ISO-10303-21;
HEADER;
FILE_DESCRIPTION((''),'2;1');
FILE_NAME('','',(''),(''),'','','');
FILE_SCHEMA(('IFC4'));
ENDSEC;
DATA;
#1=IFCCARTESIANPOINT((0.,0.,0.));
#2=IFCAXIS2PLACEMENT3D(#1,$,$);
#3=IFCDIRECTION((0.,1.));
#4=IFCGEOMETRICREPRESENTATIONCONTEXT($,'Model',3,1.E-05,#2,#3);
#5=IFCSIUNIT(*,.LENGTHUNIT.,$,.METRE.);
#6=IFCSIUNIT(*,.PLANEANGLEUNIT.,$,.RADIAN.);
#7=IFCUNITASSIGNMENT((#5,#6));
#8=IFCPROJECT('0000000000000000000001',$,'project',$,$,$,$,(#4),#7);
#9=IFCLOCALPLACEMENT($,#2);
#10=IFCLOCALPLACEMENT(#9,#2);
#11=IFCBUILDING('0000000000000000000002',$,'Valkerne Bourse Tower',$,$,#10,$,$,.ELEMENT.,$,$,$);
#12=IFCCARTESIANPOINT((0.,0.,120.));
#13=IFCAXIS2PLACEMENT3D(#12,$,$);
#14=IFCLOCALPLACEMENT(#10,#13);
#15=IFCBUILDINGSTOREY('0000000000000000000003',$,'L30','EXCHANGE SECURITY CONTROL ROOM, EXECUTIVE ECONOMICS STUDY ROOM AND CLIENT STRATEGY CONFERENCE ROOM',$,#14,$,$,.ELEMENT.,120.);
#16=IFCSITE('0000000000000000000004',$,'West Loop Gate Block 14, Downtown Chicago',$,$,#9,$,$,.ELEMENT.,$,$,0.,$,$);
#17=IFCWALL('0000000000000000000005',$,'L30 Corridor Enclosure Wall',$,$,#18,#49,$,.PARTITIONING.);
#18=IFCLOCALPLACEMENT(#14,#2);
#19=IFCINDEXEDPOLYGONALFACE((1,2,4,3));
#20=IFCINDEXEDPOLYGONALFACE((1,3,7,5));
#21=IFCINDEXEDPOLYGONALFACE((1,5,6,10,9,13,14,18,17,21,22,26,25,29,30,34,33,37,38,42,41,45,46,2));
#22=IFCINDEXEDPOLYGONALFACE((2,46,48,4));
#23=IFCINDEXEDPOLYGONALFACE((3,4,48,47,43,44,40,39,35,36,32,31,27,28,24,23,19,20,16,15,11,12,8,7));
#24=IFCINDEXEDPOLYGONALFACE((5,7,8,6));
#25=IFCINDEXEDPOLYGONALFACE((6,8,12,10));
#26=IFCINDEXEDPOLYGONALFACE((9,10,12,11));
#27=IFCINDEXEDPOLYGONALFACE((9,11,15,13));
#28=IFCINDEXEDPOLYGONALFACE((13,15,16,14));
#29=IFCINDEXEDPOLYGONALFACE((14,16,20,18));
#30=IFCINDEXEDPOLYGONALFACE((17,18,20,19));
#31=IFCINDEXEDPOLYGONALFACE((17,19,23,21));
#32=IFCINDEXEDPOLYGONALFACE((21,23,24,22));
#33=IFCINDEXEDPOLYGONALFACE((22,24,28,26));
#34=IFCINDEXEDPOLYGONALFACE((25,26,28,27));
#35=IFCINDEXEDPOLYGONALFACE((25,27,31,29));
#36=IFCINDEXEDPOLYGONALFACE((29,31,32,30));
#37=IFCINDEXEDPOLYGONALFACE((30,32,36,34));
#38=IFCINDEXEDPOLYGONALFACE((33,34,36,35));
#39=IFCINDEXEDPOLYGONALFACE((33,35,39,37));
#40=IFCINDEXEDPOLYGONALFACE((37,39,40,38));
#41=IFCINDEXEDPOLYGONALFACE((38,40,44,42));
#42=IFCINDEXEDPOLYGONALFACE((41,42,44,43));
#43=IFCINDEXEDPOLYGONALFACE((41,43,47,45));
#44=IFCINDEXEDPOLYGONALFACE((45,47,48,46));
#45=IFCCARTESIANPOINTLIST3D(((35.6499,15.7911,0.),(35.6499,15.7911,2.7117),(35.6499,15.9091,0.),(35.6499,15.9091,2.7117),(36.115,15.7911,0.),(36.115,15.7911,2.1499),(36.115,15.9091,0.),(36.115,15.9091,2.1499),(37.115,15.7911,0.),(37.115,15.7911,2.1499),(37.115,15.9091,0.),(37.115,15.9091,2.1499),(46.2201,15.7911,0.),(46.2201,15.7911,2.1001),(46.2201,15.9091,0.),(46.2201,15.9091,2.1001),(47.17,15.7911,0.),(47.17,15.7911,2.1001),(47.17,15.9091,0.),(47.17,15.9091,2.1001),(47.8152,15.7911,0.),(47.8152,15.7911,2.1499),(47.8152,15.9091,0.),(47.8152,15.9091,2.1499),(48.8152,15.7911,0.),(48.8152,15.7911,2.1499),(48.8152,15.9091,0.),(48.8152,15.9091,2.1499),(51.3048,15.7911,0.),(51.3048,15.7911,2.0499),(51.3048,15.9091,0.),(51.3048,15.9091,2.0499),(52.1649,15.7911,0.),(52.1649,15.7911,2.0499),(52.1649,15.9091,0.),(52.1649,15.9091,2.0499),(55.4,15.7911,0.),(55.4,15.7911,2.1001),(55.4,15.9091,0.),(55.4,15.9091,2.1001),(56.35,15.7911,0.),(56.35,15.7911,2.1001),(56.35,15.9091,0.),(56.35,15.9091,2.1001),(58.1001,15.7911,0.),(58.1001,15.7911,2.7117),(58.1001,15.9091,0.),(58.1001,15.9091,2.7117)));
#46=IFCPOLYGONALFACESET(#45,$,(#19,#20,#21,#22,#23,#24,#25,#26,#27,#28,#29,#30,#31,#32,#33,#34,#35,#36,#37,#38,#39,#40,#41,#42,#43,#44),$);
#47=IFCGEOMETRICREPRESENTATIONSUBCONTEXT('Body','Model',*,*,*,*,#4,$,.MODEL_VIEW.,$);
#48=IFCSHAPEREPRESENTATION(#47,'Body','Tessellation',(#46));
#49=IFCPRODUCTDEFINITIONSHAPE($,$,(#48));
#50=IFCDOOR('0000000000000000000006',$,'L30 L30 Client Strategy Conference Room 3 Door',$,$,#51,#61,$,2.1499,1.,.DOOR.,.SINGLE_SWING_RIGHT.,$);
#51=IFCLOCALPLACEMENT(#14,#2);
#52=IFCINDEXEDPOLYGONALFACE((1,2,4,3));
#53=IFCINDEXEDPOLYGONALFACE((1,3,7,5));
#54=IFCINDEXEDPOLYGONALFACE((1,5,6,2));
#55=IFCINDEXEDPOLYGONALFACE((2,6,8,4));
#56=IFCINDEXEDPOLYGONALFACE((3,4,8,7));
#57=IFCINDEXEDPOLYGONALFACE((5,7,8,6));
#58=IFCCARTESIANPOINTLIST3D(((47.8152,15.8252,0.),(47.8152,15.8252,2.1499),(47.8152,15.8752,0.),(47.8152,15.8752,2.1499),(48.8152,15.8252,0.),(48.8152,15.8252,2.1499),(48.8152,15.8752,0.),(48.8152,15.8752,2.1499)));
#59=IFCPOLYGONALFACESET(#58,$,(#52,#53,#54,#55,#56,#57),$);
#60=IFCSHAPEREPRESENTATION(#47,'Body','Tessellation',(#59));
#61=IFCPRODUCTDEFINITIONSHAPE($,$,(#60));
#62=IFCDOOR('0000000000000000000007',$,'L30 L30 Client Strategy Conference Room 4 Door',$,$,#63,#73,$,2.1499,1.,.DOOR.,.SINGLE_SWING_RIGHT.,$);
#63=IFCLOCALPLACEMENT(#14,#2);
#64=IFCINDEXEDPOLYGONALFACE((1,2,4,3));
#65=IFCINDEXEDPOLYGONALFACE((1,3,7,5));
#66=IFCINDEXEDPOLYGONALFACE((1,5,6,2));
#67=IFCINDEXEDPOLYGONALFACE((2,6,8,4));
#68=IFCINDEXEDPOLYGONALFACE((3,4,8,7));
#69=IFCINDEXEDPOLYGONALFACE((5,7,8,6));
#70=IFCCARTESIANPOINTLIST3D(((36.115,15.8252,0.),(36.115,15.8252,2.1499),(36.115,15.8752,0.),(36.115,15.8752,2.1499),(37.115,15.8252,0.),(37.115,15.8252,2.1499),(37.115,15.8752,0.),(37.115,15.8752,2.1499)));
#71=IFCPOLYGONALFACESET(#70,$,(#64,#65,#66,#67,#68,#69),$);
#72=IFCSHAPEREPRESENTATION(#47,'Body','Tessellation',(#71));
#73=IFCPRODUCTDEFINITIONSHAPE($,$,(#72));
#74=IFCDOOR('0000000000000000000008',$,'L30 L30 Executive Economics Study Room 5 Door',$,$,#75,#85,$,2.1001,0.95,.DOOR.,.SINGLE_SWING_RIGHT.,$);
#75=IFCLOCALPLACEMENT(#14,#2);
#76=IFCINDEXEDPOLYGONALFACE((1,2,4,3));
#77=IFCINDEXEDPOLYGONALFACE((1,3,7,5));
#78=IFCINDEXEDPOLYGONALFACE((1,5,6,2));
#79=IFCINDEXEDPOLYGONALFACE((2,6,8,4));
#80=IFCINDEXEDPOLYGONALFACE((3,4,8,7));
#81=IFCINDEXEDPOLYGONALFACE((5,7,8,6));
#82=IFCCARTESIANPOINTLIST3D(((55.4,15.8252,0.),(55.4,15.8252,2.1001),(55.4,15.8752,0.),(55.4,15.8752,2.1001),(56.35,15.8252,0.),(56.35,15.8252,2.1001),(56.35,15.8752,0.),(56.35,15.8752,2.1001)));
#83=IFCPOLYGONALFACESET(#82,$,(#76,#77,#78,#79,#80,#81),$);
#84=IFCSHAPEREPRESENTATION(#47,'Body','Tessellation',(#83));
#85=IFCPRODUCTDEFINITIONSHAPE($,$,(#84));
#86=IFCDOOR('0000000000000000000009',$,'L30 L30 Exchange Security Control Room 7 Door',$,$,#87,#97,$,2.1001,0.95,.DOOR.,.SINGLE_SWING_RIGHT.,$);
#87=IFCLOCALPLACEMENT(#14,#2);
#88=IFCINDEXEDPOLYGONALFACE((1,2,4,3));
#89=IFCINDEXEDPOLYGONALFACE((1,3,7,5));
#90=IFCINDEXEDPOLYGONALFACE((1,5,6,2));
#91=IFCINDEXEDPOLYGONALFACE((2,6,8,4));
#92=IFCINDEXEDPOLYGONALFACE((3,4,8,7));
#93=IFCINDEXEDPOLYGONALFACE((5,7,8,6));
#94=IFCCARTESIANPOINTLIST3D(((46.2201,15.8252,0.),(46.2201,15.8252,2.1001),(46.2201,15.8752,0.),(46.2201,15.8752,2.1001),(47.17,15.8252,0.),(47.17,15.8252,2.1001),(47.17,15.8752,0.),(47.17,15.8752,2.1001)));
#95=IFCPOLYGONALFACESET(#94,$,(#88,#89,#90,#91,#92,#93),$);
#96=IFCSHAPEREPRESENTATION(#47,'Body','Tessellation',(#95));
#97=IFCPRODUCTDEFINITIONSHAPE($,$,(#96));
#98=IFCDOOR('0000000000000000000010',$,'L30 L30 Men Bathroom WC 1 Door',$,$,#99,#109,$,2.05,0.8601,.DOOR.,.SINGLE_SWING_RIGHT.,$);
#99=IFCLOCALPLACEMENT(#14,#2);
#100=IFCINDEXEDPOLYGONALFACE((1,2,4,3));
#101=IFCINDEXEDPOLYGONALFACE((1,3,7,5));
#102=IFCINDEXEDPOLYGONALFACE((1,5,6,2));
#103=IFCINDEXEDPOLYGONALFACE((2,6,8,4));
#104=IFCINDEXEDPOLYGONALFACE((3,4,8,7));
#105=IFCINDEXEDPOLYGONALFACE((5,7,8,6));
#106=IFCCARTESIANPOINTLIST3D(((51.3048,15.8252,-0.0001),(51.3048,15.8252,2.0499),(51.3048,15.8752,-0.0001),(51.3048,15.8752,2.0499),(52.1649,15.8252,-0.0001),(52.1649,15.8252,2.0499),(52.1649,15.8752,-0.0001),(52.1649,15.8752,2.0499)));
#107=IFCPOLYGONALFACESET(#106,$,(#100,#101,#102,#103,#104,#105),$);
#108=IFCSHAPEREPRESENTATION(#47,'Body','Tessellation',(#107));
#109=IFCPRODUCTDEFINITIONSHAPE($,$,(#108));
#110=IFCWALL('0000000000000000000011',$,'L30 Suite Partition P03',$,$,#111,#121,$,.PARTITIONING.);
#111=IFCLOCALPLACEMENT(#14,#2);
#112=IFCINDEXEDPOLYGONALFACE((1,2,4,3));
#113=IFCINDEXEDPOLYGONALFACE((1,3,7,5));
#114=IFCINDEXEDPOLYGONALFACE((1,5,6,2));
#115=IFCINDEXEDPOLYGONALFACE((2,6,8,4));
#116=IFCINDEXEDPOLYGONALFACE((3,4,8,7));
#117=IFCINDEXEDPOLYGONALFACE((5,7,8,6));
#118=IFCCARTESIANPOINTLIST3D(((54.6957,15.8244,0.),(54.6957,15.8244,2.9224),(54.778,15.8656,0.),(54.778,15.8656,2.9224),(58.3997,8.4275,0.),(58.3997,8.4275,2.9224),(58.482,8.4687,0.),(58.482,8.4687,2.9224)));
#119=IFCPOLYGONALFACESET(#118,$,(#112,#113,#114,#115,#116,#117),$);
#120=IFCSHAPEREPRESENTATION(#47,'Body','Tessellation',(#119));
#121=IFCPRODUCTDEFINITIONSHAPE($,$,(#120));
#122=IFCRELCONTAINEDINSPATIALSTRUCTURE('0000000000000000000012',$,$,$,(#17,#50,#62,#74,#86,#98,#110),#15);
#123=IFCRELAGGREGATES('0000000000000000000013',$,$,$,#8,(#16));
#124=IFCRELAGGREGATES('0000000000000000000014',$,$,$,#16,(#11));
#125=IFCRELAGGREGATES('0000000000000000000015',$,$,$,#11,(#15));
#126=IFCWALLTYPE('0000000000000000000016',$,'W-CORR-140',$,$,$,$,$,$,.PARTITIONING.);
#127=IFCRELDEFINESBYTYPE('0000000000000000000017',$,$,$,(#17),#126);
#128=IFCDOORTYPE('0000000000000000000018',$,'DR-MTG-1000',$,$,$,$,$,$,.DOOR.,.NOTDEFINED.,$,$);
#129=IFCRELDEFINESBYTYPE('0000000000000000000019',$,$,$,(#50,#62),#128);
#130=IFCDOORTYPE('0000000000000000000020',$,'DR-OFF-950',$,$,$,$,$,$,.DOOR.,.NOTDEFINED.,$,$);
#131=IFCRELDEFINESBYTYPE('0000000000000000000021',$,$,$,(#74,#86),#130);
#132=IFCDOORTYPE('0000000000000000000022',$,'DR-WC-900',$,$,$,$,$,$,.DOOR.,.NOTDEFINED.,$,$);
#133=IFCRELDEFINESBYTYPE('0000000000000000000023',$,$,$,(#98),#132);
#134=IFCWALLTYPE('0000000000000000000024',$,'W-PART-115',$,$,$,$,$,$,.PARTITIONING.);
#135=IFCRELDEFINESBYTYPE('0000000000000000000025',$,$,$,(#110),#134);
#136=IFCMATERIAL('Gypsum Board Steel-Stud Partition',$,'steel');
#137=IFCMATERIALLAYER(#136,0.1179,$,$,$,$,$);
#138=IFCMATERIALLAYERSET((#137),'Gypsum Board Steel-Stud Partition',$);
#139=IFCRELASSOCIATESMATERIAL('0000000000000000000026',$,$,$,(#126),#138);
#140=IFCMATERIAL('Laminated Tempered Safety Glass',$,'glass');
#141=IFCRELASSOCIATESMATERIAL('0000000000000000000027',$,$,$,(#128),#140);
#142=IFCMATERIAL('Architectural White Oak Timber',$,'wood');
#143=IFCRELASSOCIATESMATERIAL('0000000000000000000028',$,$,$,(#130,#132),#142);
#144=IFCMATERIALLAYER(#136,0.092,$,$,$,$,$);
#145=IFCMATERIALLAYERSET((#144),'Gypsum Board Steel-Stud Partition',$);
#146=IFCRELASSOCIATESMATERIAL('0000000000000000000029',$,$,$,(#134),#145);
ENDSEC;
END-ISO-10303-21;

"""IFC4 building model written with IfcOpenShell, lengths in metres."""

from ifc_helpers import new_model, si_unit, direction, frame, frame_2d, origin, place, context, subcontext, project, spatial, rectangle, extrude, material, layer, layer_set, type_object, element, fill, save


model = new_model("IFC4")

# Units and contexts
model_context = context("Model", 3, precision=1e-05, world=origin(), true_north=direction((0.0, 1.0)))
body_context = subcontext(model_context, "Body", "Model", "MODEL_VIEW")
ifc_project = project(units=[si_unit("LENGTHUNIT", "METRE"), si_unit("PLANEANGLEUNIT", "RADIAN")], contexts=[model_context])

# Site, building, storey
site_placement = place(None, origin())
site = spatial("IfcSite", under=ifc_project, at=site_placement, Name="West Loop Gate Block 14, Downtown Chicago", CompositionType="ELEMENT", RefElevation=0.0)
building_placement = place(site_placement, origin())
building = spatial("IfcBuilding", under=site, at=building_placement, Name="Valkerne Bourse Tower", CompositionType="ELEMENT")
storey_placement = place(building_placement, frame((0.0, 0.0, 120.0)))
storey = spatial("IfcBuildingStorey", under=building, at=storey_placement, Name="L30", Description="EXCHANGE SECURITY CONTROL ROOM, EXECUTIVE ECONOMICS STUDY ROOM AND CLIENT STRATEGY CONFERENCE ROOM", CompositionType="ELEMENT", Elevation=120.0)

# Wall, openings, doors
ifc_material_1 = material(Name="Gypsum Board Steel-Stud Partition", Category="steel")
ifc_layer_1 = layer(ifc_material_1, 0.1179)
ifc_layer_set_1 = layer_set([ifc_layer_1], Name="Gypsum Board Steel-Stud Partition")
wall_type_1 = type_object("IfcWallType", Name="W-CORR-140", PredefinedType="PARTITIONING", material=ifc_layer_set_1)
wall_1_placement = place(storey_placement, frame((58.1001, 15.8501, 0.0), z_axis=(0.0, 0.0, 1.0), x_axis=(-1.0, 0.0, 0.0)))
wall_1 = element("IfcWall", 1, at=wall_1_placement, inside=storey, type_object=wall_type_1, Name="L30 Corridor Enclosure Wall", PredefinedType="PARTITIONING", context=body_context, shape_type="SweptSolid", body=[
    extrude(rectangle(XDim=22.4502, YDim=0.1179, at=frame_2d((11.2251, 0.0))), origin(), (0.0, 0.0, 1.0), 2.7117),
])
opening_1_placement = place(wall_1_placement, frame((5.9351, 0.0, 0.0)))
opening_1 = element("IfcOpeningElement", 2, at=opening_1_placement, cuts=wall_1, PredefinedType="OPENING", context=body_context, shape_type="SweptSolid", body=[
    extrude(rectangle(XDim=0.8601, YDim=2.05, at=frame_2d((0.4302, 1.0249))), frame((0.0, 0.0688, 0.0), z_axis=(0.0, -1.0, 0.0), x_axis=(1.0, 0.0, 0.0)), (0.0, 0.0, 1.0), 0.1379),
])
opening_2_placement = place(wall_1_placement, frame((9.2849, 0.0, 0.0)))
opening_2 = element("IfcOpeningElement", 3, at=opening_2_placement, cuts=wall_1, PredefinedType="OPENING", context=body_context, shape_type="SweptSolid", body=[
    extrude(rectangle(XDim=1.0, YDim=2.1499, at=frame_2d((0.5, 1.075))), frame((0.0, 0.0688, 0.0), z_axis=(0.0, -1.0, 0.0), x_axis=(1.0, 0.0, 0.0)), (0.0, 0.0, 1.0), 0.1379),
])
opening_3_placement = place(wall_1_placement, frame((20.9851, 0.0, 0.0)))
opening_3 = element("IfcOpeningElement", 4, at=opening_3_placement, cuts=wall_1, PredefinedType="OPENING", context=body_context, shape_type="SweptSolid", body=[
    extrude(rectangle(XDim=1.0, YDim=2.1499, at=frame_2d((0.5, 1.075))), frame((0.0, 0.0688, 0.0), z_axis=(0.0, -1.0, 0.0), x_axis=(1.0, 0.0, 0.0)), (0.0, 0.0, 1.0), 0.1379),
])
opening_4_placement = place(wall_1_placement, frame((1.75, 0.0, 0.0)))
opening_4 = element("IfcOpeningElement", 5, at=opening_4_placement, cuts=wall_1, PredefinedType="OPENING", context=body_context, shape_type="SweptSolid", body=[
    extrude(rectangle(XDim=0.95, YDim=2.1001, at=frame_2d((0.4751, 1.05))), frame((0.0, 0.0688, 0.0), z_axis=(0.0, -1.0, 0.0), x_axis=(1.0, 0.0, 0.0)), (0.0, 0.0, 1.0), 0.1379),
])
opening_5_placement = place(wall_1_placement, frame((10.9299, 0.0, 0.0)))
opening_5 = element("IfcOpeningElement", 6, at=opening_5_placement, cuts=wall_1, PredefinedType="OPENING", context=body_context, shape_type="SweptSolid", body=[
    extrude(rectangle(XDim=0.95, YDim=2.1001, at=frame_2d((0.4751, 1.05))), frame((0.0, 0.0688, 0.0), z_axis=(0.0, -1.0, 0.0), x_axis=(1.0, 0.0, 0.0)), (0.0, 0.0, 1.0), 0.1379),
])
ifc_material_2 = material(Name="Laminated Tempered Safety Glass", Category="glass")
door_type_1 = type_object("IfcDoorType", Name="DR-MTG-1000", OperationType="NOTDEFINED", PredefinedType="DOOR", material=ifc_material_2)
door_1_placement = place(opening_2_placement, origin())
door_1 = element("IfcDoor", 7, at=door_1_placement, inside=storey, type_object=door_type_1, Name="L30 L30 Client Strategy Conference Room 3 Door", OperationType="SINGLE_SWING_RIGHT", OverallHeight=2.1499, OverallWidth=1.0, PredefinedType="DOOR", context=body_context, shape_type="SweptSolid", body=[
    extrude(rectangle(XDim=1.0, YDim=2.1499, at=frame_2d((0.5, 1.075))), frame((0.0, 0.0249, 0.0), z_axis=(0.0, -1.0, 0.0), x_axis=(1.0, 0.0, 0.0)), (0.0, 0.0, 1.0), 0.05),
])
fill(opening_2, door_1)
door_2_placement = place(opening_3_placement, origin())
door_2 = element("IfcDoor", 8, at=door_2_placement, inside=storey, type_object=door_type_1, Name="L30 L30 Client Strategy Conference Room 4 Door", OperationType="SINGLE_SWING_RIGHT", OverallHeight=2.1499, OverallWidth=1.0, PredefinedType="DOOR", context=body_context, shape_type="SweptSolid", body=[
    extrude(rectangle(XDim=1.0, YDim=2.1499, at=frame_2d((0.5, 1.075))), frame((0.0, 0.0249, 0.0), z_axis=(0.0, -1.0, 0.0), x_axis=(1.0, 0.0, 0.0)), (0.0, 0.0, 1.0), 0.05),
])
fill(opening_3, door_2)
ifc_material_3 = material(Name="Architectural White Oak Timber", Category="wood")
door_type_2 = type_object("IfcDoorType", Name="DR-OFF-950", OperationType="NOTDEFINED", PredefinedType="DOOR", material=ifc_material_3)
door_3_placement = place(opening_4_placement, origin())
door_3 = element("IfcDoor", 9, at=door_3_placement, inside=storey, type_object=door_type_2, Name="L30 L30 Executive Economics Study Room 5 Door", OperationType="SINGLE_SWING_RIGHT", OverallHeight=2.1001, OverallWidth=0.95, PredefinedType="DOOR", context=body_context, shape_type="SweptSolid", body=[
    extrude(rectangle(XDim=0.95, YDim=2.1001, at=frame_2d((0.4751, 1.05))), frame((0.0, 0.0249, 0.0), z_axis=(0.0, -1.0, 0.0), x_axis=(1.0, 0.0, 0.0)), (0.0, 0.0, 1.0), 0.05),
])
fill(opening_4, door_3)
door_4_placement = place(opening_5_placement, origin())
door_4 = element("IfcDoor", 10, at=door_4_placement, inside=storey, type_object=door_type_2, Name="L30 L30 Exchange Security Control Room 7 Door", OperationType="SINGLE_SWING_RIGHT", OverallHeight=2.1001, OverallWidth=0.95, PredefinedType="DOOR", context=body_context, shape_type="SweptSolid", body=[
    extrude(rectangle(XDim=0.95, YDim=2.1001, at=frame_2d((0.4751, 1.05))), frame((0.0, 0.0249, 0.0), z_axis=(0.0, -1.0, 0.0), x_axis=(1.0, 0.0, 0.0)), (0.0, 0.0, 1.0), 0.05),
])
fill(opening_5, door_4)
door_type_3 = type_object("IfcDoorType", Name="DR-WC-900", OperationType="NOTDEFINED", PredefinedType="DOOR", material=ifc_material_3)
door_5_placement = place(opening_1_placement, origin())
door_5 = element("IfcDoor", 11, at=door_5_placement, inside=storey, type_object=door_type_3, Name="L30 L30 Men Bathroom WC 1 Door", OperationType="SINGLE_SWING_RIGHT", OverallHeight=2.05, OverallWidth=0.8601, PredefinedType="DOOR", context=body_context, shape_type="SweptSolid", body=[
    extrude(rectangle(XDim=0.8601, YDim=2.05, at=frame_2d((0.4302, 1.0249))), frame((0.0, 0.0249, 0.0), z_axis=(0.0, -1.0, 0.0), x_axis=(1.0, 0.0, 0.0)), (0.0, 0.0, 1.0), 0.05),
])
fill(opening_1, door_5)

# Wall
ifc_layer_2 = layer(ifc_material_1, 0.092)
ifc_layer_set_2 = layer_set([ifc_layer_2], Name="Gypsum Board Steel-Stud Partition")
wall_type_2 = type_object("IfcWallType", Name="W-PART-115", PredefinedType="PARTITIONING", material=ifc_layer_set_2)
wall_2_placement = place(storey_placement, frame((54.7368, 15.845, 0.0), z_axis=(0.0, 0.0, 1.0), x_axis=(0.447757, -0.894156, 0.0)))
element("IfcWall", 12, at=wall_2_placement, inside=storey, type_object=wall_type_2, Name="L30 Suite Partition P03", PredefinedType="PARTITIONING", context=body_context, shape_type="SweptSolid", body=[
    extrude(rectangle(XDim=8.2725, YDim=0.092, at=frame_2d((4.1362, 0.0))), origin(), (0.0, 0.0, 1.0), 2.9224),
])

save(model, "model.ifc")
